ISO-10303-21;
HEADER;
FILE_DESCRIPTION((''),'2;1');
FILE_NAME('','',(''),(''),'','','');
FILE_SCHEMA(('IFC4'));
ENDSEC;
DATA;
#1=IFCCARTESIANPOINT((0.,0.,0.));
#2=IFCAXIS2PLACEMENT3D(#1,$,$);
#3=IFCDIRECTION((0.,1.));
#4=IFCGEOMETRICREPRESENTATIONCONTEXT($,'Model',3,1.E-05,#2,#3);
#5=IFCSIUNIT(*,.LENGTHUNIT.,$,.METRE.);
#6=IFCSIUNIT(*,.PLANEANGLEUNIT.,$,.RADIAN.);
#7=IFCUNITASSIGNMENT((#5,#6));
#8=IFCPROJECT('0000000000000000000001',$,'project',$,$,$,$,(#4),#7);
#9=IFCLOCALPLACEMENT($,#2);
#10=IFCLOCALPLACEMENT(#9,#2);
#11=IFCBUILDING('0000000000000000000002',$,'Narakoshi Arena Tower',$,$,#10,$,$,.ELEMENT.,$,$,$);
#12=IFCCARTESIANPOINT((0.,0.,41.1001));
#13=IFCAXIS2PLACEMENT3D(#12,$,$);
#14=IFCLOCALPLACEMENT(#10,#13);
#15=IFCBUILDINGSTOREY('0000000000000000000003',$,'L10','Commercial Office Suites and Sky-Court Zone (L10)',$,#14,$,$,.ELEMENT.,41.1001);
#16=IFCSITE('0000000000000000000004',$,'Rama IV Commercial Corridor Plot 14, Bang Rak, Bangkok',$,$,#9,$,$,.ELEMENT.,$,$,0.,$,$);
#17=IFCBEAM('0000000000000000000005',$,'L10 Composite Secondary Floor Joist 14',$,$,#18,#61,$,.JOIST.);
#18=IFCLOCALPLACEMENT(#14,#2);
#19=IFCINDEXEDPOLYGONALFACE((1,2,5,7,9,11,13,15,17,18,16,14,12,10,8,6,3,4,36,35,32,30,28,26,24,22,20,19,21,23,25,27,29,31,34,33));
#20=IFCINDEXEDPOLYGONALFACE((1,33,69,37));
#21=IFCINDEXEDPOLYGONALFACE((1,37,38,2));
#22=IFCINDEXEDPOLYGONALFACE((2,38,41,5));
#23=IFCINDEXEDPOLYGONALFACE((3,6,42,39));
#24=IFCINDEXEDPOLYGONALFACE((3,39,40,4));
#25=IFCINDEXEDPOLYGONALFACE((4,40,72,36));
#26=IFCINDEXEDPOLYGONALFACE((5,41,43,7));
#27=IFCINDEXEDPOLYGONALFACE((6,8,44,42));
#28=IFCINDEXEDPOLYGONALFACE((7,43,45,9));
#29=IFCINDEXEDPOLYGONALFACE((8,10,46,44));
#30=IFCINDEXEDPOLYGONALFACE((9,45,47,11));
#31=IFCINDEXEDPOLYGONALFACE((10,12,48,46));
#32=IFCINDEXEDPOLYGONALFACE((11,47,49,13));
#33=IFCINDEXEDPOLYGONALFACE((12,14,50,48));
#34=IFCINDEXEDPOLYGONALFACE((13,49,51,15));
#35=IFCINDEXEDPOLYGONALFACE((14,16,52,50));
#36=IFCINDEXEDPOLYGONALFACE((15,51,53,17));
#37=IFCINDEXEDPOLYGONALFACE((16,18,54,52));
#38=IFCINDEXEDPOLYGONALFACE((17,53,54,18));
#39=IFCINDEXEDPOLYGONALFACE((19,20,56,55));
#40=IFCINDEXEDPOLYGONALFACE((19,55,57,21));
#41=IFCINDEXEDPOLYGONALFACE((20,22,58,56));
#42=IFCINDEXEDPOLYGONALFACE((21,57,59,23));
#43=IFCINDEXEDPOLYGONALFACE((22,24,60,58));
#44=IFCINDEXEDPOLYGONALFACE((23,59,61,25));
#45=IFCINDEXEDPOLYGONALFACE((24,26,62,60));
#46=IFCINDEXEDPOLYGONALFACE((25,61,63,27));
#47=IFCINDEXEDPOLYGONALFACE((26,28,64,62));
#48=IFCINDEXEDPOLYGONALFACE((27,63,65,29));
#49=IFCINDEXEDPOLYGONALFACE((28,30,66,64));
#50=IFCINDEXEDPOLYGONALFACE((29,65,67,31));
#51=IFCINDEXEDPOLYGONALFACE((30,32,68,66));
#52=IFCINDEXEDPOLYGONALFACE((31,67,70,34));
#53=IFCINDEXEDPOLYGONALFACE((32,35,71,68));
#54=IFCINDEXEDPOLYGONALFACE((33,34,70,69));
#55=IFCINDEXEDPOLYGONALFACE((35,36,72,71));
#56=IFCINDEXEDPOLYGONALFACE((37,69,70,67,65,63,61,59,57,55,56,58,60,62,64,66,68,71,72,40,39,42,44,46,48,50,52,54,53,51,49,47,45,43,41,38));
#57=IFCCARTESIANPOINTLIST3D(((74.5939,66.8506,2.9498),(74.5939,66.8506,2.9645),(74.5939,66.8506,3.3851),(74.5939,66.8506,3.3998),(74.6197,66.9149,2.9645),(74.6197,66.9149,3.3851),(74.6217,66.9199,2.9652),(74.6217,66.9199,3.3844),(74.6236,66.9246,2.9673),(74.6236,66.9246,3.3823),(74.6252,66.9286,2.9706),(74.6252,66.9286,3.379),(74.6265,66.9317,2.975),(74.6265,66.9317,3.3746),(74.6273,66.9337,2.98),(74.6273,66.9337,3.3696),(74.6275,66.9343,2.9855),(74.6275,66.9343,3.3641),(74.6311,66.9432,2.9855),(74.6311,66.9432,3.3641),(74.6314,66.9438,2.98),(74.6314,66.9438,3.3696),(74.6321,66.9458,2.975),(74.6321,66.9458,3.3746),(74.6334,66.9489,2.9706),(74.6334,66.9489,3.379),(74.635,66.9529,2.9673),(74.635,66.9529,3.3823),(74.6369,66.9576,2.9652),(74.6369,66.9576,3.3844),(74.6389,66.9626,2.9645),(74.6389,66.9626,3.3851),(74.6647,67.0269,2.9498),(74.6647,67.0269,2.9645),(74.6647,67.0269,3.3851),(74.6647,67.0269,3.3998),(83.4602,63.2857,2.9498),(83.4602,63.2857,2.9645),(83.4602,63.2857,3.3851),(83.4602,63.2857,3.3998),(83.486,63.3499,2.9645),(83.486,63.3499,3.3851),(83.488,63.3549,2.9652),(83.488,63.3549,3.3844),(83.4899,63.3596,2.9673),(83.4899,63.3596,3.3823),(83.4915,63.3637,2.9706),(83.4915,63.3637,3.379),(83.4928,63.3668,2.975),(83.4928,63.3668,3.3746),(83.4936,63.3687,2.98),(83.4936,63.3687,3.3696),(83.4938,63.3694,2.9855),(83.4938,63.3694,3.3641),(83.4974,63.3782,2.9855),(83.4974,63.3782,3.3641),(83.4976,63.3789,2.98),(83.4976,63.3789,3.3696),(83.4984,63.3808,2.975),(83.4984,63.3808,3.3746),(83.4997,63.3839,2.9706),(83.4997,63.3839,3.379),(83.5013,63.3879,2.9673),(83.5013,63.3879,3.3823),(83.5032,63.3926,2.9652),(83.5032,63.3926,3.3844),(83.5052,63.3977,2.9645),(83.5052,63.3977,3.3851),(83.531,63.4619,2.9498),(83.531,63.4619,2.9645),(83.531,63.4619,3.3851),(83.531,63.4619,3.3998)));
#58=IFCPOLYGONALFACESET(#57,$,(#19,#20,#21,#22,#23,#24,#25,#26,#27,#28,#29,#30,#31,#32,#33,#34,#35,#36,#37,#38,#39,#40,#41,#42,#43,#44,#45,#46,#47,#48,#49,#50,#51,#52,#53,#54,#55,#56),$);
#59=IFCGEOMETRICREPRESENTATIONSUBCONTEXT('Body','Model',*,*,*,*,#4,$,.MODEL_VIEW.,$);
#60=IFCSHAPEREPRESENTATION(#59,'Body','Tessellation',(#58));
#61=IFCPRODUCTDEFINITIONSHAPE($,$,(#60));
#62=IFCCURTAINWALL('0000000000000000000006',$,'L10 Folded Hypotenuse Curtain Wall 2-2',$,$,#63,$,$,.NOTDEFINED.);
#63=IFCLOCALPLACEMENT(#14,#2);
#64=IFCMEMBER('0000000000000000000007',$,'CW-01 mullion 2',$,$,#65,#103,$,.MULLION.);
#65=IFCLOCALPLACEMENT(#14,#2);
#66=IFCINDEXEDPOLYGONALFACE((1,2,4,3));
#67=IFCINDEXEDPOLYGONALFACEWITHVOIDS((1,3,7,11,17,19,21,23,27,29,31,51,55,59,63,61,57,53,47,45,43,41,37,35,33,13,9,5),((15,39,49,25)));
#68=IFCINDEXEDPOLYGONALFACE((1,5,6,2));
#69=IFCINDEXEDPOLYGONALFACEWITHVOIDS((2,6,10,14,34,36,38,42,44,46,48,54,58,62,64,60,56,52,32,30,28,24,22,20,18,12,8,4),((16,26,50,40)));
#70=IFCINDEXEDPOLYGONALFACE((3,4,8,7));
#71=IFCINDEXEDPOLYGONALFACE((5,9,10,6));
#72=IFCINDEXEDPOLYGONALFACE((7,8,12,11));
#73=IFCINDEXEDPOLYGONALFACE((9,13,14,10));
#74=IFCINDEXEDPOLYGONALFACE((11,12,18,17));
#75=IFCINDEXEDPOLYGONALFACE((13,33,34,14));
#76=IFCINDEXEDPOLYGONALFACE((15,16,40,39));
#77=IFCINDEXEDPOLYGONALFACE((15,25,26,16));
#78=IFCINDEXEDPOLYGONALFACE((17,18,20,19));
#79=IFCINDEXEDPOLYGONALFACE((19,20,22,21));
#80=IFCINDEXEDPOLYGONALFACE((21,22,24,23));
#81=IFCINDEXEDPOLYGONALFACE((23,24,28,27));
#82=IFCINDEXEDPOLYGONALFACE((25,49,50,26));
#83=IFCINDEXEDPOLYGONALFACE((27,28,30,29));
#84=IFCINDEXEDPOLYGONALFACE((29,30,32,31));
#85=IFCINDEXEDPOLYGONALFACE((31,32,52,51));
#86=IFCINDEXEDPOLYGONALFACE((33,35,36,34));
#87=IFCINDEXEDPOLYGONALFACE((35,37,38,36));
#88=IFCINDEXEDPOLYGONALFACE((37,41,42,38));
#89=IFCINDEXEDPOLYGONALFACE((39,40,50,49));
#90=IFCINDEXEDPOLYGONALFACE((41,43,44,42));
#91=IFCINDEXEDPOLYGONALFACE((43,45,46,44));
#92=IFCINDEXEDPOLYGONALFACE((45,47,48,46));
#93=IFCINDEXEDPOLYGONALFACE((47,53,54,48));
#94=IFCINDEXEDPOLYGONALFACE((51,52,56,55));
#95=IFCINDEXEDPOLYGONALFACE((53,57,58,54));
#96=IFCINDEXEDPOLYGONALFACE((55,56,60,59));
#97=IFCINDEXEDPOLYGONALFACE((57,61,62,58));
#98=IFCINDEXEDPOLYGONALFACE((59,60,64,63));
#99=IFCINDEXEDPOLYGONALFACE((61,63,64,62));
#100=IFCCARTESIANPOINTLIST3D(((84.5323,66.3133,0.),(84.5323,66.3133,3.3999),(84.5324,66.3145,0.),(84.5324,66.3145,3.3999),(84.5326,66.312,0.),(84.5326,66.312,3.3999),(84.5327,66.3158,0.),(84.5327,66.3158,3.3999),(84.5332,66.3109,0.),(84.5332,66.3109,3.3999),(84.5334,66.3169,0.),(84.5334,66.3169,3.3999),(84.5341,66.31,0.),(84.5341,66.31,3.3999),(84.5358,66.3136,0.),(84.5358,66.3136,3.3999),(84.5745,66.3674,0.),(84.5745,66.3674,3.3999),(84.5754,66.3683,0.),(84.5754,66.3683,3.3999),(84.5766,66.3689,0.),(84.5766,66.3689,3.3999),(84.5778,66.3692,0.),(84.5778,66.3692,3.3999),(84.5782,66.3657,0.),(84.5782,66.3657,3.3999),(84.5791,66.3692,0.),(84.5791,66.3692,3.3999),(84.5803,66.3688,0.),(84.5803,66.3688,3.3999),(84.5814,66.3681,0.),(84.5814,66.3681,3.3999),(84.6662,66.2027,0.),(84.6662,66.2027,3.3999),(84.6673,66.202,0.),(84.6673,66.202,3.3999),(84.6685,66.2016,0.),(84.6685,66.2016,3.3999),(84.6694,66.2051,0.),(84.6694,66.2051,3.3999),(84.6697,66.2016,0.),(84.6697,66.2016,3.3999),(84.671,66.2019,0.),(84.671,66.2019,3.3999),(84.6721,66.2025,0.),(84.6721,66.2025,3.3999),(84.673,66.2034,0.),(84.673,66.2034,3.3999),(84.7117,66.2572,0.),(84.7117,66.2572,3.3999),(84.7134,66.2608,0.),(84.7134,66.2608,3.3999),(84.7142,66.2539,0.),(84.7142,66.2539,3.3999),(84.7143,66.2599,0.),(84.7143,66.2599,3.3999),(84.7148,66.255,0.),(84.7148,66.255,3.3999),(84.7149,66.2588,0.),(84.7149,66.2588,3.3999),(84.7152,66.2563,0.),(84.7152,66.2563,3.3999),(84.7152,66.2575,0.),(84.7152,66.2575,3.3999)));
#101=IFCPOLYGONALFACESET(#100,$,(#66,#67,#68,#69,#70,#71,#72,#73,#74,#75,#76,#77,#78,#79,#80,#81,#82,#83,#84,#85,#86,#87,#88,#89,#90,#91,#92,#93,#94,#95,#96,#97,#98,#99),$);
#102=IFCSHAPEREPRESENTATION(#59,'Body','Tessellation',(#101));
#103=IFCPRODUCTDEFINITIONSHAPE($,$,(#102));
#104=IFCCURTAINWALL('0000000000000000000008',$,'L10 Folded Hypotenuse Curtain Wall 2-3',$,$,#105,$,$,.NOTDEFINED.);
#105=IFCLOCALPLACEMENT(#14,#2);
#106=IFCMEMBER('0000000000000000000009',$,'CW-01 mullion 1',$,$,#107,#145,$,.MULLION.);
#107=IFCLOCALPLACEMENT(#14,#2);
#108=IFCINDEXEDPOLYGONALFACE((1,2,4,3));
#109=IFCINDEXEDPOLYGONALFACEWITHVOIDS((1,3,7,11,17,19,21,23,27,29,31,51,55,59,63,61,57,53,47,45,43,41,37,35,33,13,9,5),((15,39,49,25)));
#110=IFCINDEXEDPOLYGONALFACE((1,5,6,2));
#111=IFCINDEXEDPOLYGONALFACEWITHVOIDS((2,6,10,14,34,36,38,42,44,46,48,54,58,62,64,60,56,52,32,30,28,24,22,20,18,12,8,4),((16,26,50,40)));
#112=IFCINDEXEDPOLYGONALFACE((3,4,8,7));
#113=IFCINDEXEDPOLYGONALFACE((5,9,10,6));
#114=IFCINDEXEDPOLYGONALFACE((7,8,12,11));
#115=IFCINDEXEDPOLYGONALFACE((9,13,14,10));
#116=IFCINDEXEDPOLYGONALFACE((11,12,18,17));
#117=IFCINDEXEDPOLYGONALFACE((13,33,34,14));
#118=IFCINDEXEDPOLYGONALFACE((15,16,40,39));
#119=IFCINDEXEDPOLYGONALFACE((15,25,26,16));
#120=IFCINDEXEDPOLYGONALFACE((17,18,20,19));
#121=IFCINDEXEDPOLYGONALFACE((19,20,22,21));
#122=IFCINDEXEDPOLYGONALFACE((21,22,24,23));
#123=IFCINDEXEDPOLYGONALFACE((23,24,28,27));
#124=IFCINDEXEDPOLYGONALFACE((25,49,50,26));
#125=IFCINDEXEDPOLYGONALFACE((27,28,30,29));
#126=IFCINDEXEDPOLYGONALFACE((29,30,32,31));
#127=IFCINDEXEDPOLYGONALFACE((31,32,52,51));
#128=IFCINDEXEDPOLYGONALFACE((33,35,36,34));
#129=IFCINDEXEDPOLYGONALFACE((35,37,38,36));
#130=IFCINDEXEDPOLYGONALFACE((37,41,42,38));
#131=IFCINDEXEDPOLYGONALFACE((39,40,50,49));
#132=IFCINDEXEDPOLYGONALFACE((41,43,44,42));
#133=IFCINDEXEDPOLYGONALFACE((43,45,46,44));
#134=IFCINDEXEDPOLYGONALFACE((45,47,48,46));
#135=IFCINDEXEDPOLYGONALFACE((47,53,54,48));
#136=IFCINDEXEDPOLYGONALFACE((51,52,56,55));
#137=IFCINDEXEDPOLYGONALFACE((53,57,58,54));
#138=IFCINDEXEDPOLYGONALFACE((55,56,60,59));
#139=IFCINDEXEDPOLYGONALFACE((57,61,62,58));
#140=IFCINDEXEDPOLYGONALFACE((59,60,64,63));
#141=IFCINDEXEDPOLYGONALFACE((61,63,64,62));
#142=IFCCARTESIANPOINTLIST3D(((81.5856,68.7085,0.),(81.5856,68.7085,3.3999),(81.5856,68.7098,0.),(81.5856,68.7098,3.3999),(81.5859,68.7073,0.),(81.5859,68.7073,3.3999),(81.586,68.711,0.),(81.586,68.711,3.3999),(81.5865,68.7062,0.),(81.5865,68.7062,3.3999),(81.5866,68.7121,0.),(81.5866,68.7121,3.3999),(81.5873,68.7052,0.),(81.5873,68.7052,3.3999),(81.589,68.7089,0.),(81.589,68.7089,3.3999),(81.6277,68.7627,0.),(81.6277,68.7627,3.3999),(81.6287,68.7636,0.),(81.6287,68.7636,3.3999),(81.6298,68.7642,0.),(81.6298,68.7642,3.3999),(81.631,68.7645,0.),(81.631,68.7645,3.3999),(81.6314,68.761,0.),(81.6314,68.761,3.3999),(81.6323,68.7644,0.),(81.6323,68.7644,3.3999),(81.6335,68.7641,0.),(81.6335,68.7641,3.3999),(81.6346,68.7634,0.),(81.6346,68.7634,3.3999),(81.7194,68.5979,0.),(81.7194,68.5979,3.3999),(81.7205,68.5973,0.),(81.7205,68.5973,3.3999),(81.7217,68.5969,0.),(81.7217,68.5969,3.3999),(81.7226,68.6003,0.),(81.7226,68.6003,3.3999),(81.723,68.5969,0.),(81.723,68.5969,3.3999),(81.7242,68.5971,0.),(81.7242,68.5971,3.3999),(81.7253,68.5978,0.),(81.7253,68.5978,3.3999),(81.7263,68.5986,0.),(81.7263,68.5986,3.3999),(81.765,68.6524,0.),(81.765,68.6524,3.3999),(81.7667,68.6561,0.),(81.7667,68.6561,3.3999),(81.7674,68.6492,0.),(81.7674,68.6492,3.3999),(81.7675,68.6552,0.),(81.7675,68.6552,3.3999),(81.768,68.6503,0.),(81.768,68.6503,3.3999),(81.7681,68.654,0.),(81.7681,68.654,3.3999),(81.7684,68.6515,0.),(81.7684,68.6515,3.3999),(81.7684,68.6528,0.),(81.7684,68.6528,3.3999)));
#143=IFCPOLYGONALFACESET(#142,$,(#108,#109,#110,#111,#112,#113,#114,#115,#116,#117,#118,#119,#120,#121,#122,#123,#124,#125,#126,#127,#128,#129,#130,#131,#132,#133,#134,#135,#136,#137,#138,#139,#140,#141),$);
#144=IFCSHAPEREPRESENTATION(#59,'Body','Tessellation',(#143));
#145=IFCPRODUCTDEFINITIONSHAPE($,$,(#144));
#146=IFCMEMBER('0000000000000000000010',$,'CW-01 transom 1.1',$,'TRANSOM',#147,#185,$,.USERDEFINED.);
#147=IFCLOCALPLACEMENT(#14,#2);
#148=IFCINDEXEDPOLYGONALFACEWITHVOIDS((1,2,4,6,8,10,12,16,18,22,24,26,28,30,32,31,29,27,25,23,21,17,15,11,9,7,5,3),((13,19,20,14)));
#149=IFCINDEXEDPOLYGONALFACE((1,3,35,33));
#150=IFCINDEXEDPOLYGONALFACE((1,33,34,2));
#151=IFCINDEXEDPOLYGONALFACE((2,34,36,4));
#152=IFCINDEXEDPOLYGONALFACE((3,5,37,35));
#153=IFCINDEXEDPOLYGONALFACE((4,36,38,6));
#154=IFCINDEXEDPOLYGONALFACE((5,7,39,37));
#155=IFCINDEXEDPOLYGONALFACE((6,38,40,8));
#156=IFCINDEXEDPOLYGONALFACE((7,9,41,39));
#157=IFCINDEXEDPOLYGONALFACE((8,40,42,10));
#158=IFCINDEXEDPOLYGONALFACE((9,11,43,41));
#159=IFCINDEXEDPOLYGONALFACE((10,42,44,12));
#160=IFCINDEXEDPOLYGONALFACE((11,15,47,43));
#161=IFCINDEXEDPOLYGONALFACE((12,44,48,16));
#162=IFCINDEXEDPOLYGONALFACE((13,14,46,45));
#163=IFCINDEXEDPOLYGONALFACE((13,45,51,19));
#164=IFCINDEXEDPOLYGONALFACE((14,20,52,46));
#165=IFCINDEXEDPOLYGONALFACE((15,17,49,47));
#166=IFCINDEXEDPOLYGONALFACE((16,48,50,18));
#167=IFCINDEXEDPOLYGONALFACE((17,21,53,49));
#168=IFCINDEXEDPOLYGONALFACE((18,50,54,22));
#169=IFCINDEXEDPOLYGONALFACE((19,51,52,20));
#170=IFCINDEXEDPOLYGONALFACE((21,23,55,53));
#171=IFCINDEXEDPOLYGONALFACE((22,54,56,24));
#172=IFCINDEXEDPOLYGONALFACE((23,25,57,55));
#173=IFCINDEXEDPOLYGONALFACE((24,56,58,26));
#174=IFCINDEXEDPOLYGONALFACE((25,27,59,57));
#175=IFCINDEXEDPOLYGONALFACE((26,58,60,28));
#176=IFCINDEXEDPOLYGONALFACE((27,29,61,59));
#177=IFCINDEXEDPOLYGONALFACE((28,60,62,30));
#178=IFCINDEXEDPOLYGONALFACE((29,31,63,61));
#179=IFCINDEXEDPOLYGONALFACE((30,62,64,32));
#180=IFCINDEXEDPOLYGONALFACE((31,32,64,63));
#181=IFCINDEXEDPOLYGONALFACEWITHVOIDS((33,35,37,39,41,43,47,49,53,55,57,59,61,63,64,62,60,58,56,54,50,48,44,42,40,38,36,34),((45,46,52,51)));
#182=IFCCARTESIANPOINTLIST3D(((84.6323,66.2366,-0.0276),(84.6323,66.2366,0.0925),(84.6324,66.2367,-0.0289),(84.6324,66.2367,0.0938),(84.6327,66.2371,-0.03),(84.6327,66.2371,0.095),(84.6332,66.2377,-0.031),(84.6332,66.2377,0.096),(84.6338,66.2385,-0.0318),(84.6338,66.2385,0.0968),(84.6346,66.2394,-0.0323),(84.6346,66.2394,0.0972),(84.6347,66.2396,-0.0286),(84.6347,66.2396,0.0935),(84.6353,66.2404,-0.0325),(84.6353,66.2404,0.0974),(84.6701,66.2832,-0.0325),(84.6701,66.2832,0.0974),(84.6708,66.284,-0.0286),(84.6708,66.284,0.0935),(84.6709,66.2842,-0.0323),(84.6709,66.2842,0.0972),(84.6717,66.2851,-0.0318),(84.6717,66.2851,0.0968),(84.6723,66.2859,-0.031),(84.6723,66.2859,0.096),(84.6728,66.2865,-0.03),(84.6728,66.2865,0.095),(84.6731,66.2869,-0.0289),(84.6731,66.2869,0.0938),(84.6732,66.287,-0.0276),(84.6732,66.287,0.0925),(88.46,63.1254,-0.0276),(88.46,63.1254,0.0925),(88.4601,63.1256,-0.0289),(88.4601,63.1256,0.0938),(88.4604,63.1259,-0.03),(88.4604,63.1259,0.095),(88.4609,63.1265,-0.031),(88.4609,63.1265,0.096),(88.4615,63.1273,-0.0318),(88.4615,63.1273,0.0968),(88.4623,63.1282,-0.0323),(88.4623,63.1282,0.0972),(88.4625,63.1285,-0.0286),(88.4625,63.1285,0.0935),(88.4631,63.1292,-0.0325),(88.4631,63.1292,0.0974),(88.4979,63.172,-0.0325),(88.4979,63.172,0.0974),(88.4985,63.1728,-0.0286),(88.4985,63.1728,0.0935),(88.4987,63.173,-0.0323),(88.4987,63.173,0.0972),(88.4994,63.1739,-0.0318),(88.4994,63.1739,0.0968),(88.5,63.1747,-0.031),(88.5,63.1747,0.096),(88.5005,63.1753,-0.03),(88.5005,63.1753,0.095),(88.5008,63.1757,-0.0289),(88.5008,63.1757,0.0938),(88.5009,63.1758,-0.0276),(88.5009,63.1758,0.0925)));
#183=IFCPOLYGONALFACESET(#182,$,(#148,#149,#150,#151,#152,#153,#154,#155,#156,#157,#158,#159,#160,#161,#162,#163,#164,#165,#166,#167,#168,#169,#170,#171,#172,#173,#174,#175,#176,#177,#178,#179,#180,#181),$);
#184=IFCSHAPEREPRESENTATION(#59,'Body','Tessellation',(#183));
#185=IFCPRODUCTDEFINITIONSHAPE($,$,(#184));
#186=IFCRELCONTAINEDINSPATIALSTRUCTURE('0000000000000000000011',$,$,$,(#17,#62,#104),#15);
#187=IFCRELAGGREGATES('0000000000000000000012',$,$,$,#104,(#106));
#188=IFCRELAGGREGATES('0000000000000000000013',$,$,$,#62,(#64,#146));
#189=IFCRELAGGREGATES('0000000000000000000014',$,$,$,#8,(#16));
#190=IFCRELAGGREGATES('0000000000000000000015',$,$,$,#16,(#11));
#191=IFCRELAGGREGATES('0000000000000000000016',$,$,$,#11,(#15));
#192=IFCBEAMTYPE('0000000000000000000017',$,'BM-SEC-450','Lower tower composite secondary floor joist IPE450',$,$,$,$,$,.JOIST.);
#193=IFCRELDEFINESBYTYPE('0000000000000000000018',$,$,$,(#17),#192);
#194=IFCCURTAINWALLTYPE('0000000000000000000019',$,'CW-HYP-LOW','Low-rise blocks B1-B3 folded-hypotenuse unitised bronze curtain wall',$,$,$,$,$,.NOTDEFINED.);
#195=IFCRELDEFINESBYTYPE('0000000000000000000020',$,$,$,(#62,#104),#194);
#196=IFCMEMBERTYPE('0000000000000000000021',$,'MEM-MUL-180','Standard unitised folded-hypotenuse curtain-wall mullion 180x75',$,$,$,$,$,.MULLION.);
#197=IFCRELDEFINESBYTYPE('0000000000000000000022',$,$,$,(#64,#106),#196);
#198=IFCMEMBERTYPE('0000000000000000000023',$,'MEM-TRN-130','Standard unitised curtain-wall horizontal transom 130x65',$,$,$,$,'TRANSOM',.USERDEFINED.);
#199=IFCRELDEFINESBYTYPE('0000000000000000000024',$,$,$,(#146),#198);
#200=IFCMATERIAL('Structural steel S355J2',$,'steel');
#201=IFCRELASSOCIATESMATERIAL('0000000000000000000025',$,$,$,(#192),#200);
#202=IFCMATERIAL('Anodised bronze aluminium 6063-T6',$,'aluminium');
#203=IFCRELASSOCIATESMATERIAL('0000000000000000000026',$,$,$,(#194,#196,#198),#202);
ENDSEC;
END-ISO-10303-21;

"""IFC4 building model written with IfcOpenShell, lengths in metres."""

from ifc_helpers import new_model, si_unit, direction, frame, origin, origin_2d, place, context, subcontext, project, spatial, hollow_rectangle, i_section, extrude, material, material_profile, profile_set, type_object, element, aggregate, save


model = new_model("IFC4")

# Units and contexts
model_context = context("Model", 3, precision=1e-05, world=origin(), true_north=direction((0.0, 1.0)))
body_context = subcontext(model_context, "Body", "Model", "MODEL_VIEW")
ifc_project = project(units=[si_unit("LENGTHUNIT", "METRE"), si_unit("PLANEANGLEUNIT", "RADIAN")], contexts=[model_context])

# Site, building, storey
site_placement = place(None, origin())
site = spatial("IfcSite", under=ifc_project, at=site_placement, Name="Rama IV Commercial Corridor Plot 14, Bang Rak, Bangkok", CompositionType="ELEMENT", RefElevation=0.0)
building_placement = place(site_placement, origin())
building = spatial("IfcBuilding", under=site, at=building_placement, Name="Narakoshi Arena Tower", CompositionType="ELEMENT")
storey_placement = place(building_placement, frame((0.0, 0.0, 41.1001)))
storey = spatial("IfcBuildingStorey", under=building, at=storey_placement, Name="L10", Description="Commercial Office Suites and Sky-Court Zone (L10)", CompositionType="ELEMENT", Elevation=41.1001)

# Beam
ifc_material_1 = material(Name="Structural steel S355J2", Category="steel")
ifc_material_profile_1 = material_profile(ifc_material_1, i_section(OverallWidth=0.1899, OverallDepth=0.45, WebThickness=0.0095, FlangeThickness=0.0146, FilletRadius=0.021, at=origin_2d()), Name="IPE450")
ifc_profile_set_1 = profile_set([ifc_material_profile_1], Name="Structural steel S355J2")
beam_type_1 = type_object("IfcBeamType", Name="BM-SEC-450", Description="Lower tower composite secondary floor joist IPE450", PredefinedType="JOIST", material=ifc_profile_set_1)
beam_1_placement = place(storey_placement, frame((83.4956, 63.3738, 3.1748), z_axis=(-0.927809, 0.373055, 0.0), x_axis=(-0.373055, -0.927809, 0.0)))
element("IfcBeam", 1, at=beam_1_placement, inside=storey, type_object=beam_type_1, Name="L10 Composite Secondary Floor Joist 14", PredefinedType="JOIST", context=body_context, shape_type="SweptSolid", body=[
    extrude(i_section(OverallWidth=0.1899, OverallDepth=0.45, WebThickness=0.0095, FlangeThickness=0.0146, FilletRadius=0.021, at=origin_2d()), origin(), (0.0, 0.0, 1.0), 9.5562),
])

# Curtain walls, members
ifc_material_2 = material(Name="Anodised bronze aluminium 6063-T6", Category="aluminium")
curtain_wall_type = type_object("IfcCurtainWallType", Name="CW-HYP-LOW", Description="Low-rise blocks B1-B3 folded-hypotenuse unitised bronze curtain wall", PredefinedType="NOTDEFINED", material=ifc_material_2)
curtain_wall_1_placement = place(storey_placement, origin())
curtain_wall_1 = element("IfcCurtainWall", 2, at=curtain_wall_1_placement, inside=storey, type_object=curtain_wall_type, Name="L10 Folded Hypotenuse Curtain Wall 2-2", PredefinedType="NOTDEFINED")
ifc_material_profile_2 = material_profile(ifc_material_2, hollow_rectangle(XDim=0.075, YDim=0.1799, WallThickness=0.0039, OuterFilletRadius=0.0049, at=origin_2d()), Name="MUL180x75x4")
ifc_profile_set_2 = profile_set([ifc_material_profile_2], Name="Anodised bronze aluminium 6063-T6")
member_type_1 = type_object("IfcMemberType", Name="MEM-MUL-180", Description="Standard unitised folded-hypotenuse curtain-wall mullion 180x75", PredefinedType="MULLION", material=ifc_profile_set_2)
member_1_placement = place(storey_placement, frame((84.6238, 66.2854, 0.0), z_axis=(0.0, 0.0, 1.0), x_axis=(-0.630735, -0.775998, 0.0)))
member_1 = element("IfcMember", 3, at=member_1_placement, type_object=member_type_1, Name="CW-01 mullion 2", PredefinedType="MULLION", context=body_context, shape_type="SweptSolid", body=[
    extrude(hollow_rectangle(XDim=0.075, YDim=0.1799, WallThickness=0.0039, OuterFilletRadius=0.0049, at=origin_2d()), origin(), (0.0, 0.0, 1.0), 3.3999),
])
curtain_wall_2_placement = place(storey_placement, origin())
curtain_wall_2 = element("IfcCurtainWall", 4, at=curtain_wall_2_placement, inside=storey, type_object=curtain_wall_type, Name="L10 Folded Hypotenuse Curtain Wall 2-3", PredefinedType="NOTDEFINED")
member_2_placement = place(storey_placement, frame((81.677, 68.6807, 0.0), z_axis=(0.0, 0.0, 1.0), x_axis=(-0.630723, -0.776008, 0.0)))
member_2 = element("IfcMember", 5, at=member_2_placement, type_object=member_type_1, Name="CW-01 mullion 1", PredefinedType="MULLION", context=body_context, shape_type="SweptSolid", body=[
    extrude(hollow_rectangle(XDim=0.075, YDim=0.1799, WallThickness=0.0039, OuterFilletRadius=0.0049, at=origin_2d()), origin(), (0.0, 0.0, 1.0), 3.3999),
])

# Member
ifc_material_profile_3 = material_profile(ifc_material_2, hollow_rectangle(XDim=0.0649, YDim=0.1299, WallThickness=0.0039, OuterFilletRadius=0.0049, at=origin_2d()), Name="TRN130x65x4")
ifc_profile_set_3 = profile_set([ifc_material_profile_3], Name="Anodised bronze aluminium 6063-T6")
member_type_2 = type_object("IfcMemberType", Name="MEM-TRN-130", Description="Standard unitised curtain-wall horizontal transom 130x65", ElementType="TRANSOM", PredefinedType="USERDEFINED", material=ifc_profile_set_3)
member_3_placement = place(storey_placement, frame((88.4805, 63.1506, 0.0325), z_axis=(-0.776002, 0.630731, 0.0), x_axis=(-0.630731, -0.776002, 0.0)))
member_3 = element("IfcMember", 6, at=member_3_placement, type_object=member_type_2, Name="CW-01 transom 1.1", ObjectType="TRANSOM", PredefinedType="USERDEFINED", context=body_context, shape_type="SweptSolid", body=[
    extrude(hollow_rectangle(XDim=0.0649, YDim=0.1299, WallThickness=0.0039, OuterFilletRadius=0.0049, at=origin_2d()), origin(), (0.0, 0.0, 1.0), 4.9326),
])
aggregate(curtain_wall_2, [member_2])

aggregate(curtain_wall_1, [member_1, member_3])

save(model, "model.ifc")
